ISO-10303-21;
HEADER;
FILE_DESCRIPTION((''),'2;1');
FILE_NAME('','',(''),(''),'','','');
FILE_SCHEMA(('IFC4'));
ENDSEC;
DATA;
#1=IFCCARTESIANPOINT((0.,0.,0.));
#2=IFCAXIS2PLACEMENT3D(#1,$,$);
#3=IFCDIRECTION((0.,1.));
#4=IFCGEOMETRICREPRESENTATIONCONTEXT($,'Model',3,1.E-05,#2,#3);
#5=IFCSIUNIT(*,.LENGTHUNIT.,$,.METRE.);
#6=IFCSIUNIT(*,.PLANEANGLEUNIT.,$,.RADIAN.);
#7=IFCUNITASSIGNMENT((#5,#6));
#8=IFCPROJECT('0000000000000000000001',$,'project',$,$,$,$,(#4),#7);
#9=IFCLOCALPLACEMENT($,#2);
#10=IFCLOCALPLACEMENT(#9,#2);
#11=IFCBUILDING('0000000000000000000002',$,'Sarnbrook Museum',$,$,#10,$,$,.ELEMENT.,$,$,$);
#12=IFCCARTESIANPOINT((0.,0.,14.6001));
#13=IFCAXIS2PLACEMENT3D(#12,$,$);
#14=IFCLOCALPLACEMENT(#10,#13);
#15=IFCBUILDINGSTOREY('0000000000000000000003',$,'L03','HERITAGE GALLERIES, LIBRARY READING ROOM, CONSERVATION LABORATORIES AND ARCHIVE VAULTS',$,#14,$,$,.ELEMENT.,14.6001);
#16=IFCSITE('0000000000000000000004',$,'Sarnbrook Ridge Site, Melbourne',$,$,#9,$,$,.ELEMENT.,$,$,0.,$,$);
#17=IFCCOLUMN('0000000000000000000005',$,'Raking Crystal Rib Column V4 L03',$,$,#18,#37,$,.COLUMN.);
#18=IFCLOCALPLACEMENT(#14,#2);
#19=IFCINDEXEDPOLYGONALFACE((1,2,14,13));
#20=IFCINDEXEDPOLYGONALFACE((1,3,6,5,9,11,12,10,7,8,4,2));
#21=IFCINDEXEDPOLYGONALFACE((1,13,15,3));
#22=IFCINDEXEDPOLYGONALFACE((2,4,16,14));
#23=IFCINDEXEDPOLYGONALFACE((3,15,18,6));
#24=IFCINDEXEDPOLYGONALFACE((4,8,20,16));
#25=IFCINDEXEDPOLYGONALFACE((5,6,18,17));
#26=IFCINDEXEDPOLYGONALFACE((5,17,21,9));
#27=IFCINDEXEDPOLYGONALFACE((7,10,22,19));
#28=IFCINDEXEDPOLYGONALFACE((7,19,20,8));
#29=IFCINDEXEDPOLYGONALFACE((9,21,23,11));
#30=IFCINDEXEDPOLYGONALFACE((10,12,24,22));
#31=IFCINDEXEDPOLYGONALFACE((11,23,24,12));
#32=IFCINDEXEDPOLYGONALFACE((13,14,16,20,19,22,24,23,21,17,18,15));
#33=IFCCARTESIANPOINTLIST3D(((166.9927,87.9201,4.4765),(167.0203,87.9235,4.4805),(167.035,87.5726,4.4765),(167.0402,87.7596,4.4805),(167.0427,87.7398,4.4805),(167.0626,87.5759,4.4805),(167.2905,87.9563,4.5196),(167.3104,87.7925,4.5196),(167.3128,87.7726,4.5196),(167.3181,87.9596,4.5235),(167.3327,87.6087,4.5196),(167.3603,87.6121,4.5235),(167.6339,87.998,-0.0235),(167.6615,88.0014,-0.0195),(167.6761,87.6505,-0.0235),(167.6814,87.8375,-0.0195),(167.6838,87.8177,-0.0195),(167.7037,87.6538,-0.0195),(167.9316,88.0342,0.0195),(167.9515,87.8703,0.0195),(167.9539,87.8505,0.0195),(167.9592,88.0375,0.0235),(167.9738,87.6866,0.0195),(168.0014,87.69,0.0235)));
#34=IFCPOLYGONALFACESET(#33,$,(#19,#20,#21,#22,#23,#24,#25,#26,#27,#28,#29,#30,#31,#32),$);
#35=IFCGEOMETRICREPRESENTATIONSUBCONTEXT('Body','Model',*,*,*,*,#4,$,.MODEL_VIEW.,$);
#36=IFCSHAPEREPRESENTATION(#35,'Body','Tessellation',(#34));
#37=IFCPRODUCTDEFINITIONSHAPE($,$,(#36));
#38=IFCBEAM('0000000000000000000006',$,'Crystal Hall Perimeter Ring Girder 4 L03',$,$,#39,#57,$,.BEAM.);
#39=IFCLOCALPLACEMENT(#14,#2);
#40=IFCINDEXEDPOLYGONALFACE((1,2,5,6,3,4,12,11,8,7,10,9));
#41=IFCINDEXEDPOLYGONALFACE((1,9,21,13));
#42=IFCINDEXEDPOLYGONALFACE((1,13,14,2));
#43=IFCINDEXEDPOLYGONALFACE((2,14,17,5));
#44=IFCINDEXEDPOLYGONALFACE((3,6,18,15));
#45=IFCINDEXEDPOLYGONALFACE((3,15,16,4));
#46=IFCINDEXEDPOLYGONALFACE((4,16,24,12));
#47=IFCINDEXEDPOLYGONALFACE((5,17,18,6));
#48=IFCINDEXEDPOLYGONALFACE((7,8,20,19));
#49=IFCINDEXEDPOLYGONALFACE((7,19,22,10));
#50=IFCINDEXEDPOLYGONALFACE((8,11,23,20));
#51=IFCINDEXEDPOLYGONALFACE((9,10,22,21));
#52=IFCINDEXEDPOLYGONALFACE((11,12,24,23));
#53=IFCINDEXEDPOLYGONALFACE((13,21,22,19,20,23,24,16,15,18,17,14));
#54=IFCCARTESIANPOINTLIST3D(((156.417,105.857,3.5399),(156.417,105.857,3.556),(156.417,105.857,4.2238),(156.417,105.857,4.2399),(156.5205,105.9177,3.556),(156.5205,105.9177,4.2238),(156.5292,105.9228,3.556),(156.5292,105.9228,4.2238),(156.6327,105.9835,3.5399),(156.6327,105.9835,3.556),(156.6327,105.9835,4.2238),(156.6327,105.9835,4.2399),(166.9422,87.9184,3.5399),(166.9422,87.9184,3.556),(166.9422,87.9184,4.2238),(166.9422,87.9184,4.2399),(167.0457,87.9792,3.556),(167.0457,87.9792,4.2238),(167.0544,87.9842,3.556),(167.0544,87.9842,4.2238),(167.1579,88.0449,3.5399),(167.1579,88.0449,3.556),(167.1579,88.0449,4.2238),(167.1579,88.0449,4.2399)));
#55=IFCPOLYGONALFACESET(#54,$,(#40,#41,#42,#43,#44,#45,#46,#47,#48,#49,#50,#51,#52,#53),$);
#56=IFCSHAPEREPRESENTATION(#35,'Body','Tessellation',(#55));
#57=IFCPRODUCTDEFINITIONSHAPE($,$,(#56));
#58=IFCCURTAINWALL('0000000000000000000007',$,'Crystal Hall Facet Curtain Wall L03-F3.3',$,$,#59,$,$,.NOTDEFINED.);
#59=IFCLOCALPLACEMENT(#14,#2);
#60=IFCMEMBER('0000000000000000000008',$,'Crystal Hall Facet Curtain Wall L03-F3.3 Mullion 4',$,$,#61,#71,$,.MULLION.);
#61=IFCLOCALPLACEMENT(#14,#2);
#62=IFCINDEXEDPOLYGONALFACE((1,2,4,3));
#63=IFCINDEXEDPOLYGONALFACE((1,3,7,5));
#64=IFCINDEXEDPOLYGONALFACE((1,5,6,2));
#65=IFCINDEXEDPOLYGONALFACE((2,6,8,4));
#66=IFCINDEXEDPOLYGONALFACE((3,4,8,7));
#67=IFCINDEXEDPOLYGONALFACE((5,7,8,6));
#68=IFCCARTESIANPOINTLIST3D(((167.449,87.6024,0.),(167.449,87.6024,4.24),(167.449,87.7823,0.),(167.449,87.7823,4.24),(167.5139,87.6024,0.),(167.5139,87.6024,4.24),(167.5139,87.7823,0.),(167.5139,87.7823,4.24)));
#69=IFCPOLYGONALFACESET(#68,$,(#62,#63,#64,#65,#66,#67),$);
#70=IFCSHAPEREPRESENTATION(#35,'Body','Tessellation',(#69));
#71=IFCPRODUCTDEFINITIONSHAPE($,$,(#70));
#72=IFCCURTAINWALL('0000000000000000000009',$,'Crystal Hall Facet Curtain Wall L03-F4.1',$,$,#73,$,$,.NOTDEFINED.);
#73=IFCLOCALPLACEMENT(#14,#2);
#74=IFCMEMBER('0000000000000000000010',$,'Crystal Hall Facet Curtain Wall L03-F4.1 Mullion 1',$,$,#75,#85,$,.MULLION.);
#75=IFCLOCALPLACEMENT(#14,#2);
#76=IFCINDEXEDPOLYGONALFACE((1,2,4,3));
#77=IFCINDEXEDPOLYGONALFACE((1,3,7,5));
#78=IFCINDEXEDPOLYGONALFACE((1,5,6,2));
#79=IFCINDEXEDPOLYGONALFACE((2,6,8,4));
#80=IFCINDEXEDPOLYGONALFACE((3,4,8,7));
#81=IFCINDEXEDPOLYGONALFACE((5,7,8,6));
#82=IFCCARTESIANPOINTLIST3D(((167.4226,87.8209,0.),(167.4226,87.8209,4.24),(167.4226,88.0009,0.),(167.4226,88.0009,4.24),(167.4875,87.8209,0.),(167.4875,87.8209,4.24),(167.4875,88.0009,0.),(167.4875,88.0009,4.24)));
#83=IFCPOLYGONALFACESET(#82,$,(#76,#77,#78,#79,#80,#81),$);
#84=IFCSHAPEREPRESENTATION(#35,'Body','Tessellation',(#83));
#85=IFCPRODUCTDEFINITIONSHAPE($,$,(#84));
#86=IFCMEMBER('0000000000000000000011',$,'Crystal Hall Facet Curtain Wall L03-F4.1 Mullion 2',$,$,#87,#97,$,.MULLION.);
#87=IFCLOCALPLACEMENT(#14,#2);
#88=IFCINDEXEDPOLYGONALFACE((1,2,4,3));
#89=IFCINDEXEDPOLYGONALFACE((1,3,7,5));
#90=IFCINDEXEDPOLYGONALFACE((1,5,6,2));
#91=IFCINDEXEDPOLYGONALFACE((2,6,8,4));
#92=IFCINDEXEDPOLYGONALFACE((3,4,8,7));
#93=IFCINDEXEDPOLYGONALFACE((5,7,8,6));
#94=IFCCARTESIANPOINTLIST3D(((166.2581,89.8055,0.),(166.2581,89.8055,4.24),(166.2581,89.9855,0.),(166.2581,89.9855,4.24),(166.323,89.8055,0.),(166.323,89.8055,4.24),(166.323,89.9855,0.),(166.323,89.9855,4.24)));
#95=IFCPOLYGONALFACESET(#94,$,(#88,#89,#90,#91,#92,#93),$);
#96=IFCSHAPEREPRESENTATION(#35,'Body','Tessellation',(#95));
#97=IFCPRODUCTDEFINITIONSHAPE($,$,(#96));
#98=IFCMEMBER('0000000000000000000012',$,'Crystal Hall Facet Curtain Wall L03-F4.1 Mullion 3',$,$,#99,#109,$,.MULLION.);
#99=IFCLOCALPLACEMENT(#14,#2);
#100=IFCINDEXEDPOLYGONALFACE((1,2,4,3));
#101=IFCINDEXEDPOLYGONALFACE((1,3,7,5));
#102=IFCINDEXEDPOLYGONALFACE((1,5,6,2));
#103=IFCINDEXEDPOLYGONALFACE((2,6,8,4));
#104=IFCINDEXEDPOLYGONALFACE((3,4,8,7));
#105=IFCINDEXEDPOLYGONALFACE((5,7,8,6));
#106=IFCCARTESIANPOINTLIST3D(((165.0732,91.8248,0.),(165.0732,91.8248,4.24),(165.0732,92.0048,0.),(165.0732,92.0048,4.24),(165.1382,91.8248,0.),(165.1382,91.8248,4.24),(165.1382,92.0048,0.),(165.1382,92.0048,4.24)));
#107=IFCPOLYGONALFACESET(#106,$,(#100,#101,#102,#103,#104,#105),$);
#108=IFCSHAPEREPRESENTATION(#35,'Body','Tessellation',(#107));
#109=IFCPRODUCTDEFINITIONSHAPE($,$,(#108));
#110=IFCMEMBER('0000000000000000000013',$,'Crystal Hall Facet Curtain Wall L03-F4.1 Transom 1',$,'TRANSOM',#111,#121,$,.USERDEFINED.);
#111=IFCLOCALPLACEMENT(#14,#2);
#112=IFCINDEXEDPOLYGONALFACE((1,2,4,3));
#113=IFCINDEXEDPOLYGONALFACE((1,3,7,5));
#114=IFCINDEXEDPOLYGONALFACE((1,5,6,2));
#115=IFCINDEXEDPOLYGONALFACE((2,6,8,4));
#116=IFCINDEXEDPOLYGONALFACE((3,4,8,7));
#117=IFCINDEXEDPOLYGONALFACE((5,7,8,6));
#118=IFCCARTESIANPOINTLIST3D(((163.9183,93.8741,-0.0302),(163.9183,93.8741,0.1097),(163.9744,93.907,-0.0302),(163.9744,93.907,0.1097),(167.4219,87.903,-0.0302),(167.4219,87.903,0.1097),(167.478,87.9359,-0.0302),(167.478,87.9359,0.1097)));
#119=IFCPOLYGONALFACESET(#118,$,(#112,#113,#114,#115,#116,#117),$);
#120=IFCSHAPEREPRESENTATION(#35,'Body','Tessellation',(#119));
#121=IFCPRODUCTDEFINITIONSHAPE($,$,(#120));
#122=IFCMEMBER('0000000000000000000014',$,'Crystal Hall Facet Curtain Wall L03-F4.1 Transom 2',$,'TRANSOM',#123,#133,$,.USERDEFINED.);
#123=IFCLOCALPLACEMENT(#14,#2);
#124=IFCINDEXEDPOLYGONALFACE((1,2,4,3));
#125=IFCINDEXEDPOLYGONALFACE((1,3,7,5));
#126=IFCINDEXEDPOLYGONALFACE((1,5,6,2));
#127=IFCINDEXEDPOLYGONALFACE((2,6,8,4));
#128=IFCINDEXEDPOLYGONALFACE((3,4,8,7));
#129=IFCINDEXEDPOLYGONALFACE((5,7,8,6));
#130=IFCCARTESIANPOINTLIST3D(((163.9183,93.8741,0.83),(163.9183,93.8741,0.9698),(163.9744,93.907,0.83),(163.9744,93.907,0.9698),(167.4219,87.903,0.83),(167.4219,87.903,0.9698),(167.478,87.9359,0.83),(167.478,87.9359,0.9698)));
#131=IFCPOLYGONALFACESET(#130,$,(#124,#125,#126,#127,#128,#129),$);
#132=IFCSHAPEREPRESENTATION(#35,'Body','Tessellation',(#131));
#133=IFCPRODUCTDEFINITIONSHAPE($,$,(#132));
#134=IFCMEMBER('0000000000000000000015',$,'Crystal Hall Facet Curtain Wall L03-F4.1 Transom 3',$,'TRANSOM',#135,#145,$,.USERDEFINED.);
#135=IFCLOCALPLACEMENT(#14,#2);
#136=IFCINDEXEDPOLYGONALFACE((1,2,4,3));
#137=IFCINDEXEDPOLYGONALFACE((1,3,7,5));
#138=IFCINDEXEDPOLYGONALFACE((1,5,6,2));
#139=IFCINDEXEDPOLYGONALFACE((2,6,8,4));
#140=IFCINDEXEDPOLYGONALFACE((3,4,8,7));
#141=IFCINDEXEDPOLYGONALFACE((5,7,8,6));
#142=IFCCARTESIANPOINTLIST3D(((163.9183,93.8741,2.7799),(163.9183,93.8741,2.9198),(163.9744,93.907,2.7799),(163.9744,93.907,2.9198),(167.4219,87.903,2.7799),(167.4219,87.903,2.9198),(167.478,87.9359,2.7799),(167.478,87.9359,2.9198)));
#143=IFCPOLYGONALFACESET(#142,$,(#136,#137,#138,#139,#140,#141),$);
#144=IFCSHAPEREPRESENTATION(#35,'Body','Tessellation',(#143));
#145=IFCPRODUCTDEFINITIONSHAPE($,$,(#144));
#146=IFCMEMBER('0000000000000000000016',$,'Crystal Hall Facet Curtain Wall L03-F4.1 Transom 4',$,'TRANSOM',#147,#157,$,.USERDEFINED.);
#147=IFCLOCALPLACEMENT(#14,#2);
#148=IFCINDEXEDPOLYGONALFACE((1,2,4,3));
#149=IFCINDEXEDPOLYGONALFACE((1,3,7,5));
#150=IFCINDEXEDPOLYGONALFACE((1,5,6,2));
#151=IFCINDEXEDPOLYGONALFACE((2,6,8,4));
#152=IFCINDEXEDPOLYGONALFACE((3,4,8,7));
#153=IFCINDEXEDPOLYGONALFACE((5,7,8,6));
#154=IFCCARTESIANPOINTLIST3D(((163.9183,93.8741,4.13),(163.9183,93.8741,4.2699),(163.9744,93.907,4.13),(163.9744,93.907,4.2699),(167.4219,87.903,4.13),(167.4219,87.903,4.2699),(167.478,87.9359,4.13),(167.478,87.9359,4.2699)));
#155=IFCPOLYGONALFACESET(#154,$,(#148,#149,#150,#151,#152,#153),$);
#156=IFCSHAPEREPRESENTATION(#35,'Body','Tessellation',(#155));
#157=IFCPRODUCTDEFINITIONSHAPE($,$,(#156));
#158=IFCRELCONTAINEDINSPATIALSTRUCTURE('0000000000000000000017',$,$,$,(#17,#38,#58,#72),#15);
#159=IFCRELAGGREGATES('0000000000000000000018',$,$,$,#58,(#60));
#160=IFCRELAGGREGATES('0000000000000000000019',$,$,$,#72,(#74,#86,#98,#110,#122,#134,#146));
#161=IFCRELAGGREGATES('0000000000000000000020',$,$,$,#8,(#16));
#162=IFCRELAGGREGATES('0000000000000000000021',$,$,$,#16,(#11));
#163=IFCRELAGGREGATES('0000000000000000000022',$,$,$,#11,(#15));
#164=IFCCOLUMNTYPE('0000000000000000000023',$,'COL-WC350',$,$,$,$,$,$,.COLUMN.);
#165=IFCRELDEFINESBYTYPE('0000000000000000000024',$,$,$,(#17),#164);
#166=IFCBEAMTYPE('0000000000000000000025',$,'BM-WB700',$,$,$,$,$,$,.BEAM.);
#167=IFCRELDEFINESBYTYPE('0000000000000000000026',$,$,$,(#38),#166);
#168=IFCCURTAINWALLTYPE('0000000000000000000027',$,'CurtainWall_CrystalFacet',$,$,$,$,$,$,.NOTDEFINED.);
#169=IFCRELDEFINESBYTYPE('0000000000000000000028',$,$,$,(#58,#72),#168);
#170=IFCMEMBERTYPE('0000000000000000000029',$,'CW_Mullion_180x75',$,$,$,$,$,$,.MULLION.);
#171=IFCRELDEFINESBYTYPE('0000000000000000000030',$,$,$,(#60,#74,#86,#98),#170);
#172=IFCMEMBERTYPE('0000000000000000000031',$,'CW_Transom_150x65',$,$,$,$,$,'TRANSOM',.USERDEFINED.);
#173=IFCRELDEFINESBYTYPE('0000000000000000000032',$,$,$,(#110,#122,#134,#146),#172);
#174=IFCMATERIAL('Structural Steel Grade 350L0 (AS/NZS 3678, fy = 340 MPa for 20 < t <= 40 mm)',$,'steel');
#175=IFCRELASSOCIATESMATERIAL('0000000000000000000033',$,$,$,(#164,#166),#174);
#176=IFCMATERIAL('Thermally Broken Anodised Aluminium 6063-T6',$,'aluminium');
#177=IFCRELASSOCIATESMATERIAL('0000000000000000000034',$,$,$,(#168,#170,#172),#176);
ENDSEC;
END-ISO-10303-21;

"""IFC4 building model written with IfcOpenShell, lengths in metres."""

from ifc_helpers import new_model, si_unit, direction, frame, origin, origin_2d, place, context, subcontext, project, spatial, rectangle, i_section, extrude, material, material_profile, profile_set, type_object, element, aggregate, save


model = new_model("IFC4")

# Units and contexts
model_context = context("Model", 3, precision=1e-05, world=origin(), true_north=direction((0.0, 1.0)))
body_context = subcontext(model_context, "Body", "Model", "MODEL_VIEW")
ifc_project = project(units=[si_unit("LENGTHUNIT", "METRE"), si_unit("PLANEANGLEUNIT", "RADIAN")], contexts=[model_context])

# Site, building, storey
site_placement = place(None, origin())
site = spatial("IfcSite", under=ifc_project, at=site_placement, Name="Sarnbrook Ridge Site, Melbourne", CompositionType="ELEMENT", RefElevation=0.0)
building_placement = place(site_placement, origin())
building = spatial("IfcBuilding", under=site, at=building_placement, Name="Sarnbrook Museum", CompositionType="ELEMENT")
storey_placement = place(building_placement, frame((0.0, 0.0, 14.6001)))
storey = spatial("IfcBuildingStorey", under=building, at=storey_placement, Name="L03", Description="HERITAGE GALLERIES, LIBRARY READING ROOM, CONSERVATION LABORATORIES AND ARCHIVE VAULTS", CompositionType="ELEMENT", Elevation=14.6001)

# Column
ifc_material_1 = material(Name="Structural Steel Grade 350L0 (AS/NZS 3678, fy = 340 MPa for 20 < t <= 40 mm)", Category="steel")
ifc_material_profile_1 = material_profile(ifc_material_1, i_section(OverallWidth=0.3501, OverallDepth=0.3311, WebThickness=0.02, FlangeThickness=0.0281, at=origin_2d()), Name="350WC197")
ifc_profile_set_1 = profile_set([ifc_material_profile_1], Name="Structural Steel Grade 350L0 (AS/NZS 3678, fy = 340 MPa for 20 < t <= 40 mm)")
column_type = type_object("IfcColumnType", Name="COL-WC350", PredefinedType="COLUMN", material=ifc_profile_set_1)
column_placement = place(storey_placement, frame((167.8176, 87.844, 0.0), z_axis=(-0.141025, -0.017131, 0.989858), x_axis=(0.120591, -0.992702, 0.0)))
element("IfcColumn", 1, at=column_placement, inside=storey, type_object=column_type, Name="Raking Crystal Rib Column V4 L03", PredefinedType="COLUMN", context=body_context, shape_type="SweptSolid", body=[
    extrude(i_section(OverallWidth=0.3501, OverallDepth=0.3311, WebThickness=0.02, FlangeThickness=0.0281, at=origin_2d()), origin(), (0.0, 0.0, 1.0), 4.5461),
])

# Beam
ifc_material_profile_2 = material_profile(ifc_material_1, i_section(OverallWidth=0.25, OverallDepth=0.7, WebThickness=0.01, FlangeThickness=0.0161, at=origin_2d()), Name="700WB130")
ifc_profile_set_2 = profile_set([ifc_material_profile_2], Name="Structural Steel Grade 350L0 (AS/NZS 3678, fy = 340 MPa for 20 < t <= 40 mm)")
beam_type_1 = type_object("IfcBeamType", Name="BM-WB700", PredefinedType="BEAM", material=ifc_profile_set_2)
beam_1_placement = place(storey_placement, frame((167.05, 87.9817, 3.8899), z_axis=(-0.506059, 0.862499, 0.0), x_axis=(-0.862499, -0.506059, 0.0)))
element("IfcBeam", 2, at=beam_1_placement, inside=storey, type_object=beam_type_1, Name="Crystal Hall Perimeter Ring Girder 4 L03", PredefinedType="BEAM", context=body_context, shape_type="SweptSolid", body=[
    extrude(i_section(OverallWidth=0.25, OverallDepth=0.7, WebThickness=0.01, FlangeThickness=0.0161, at=origin_2d()), origin(), (0.0, 0.0, 1.0), 20.7983),
])

# Curtain wall, member
ifc_material_2 = material(Name="Thermally Broken Anodised Aluminium 6063-T6", Category="aluminium")
curtain_wall_type = type_object("IfcCurtainWallType", Name="CurtainWall_CrystalFacet", PredefinedType="NOTDEFINED", material=ifc_material_2)
curtain_wall_1_placement = place(storey_placement, origin())
curtain_wall_1 = element("IfcCurtainWall", 3, at=curtain_wall_1_placement, inside=storey, type_object=curtain_wall_type, Name="Crystal Hall Facet Curtain Wall L03-F3.3", PredefinedType="NOTDEFINED")
ifc_material_profile_3 = material_profile(ifc_material_2, rectangle(XDim=0.0649, YDim=0.1799, at=origin_2d()), Name="ALU MULLION 65x180")
ifc_profile_set_3 = profile_set([ifc_material_profile_3], Name="Thermally Broken Anodised Aluminium 6063-T6")
member_type_1 = type_object("IfcMemberType", Name="CW_Mullion_180x75", PredefinedType="MULLION", material=ifc_profile_set_3)
member_1_placement = place(storey_placement, frame((167.4814, 87.6924, 0.0), z_axis=(0.0, 0.0, 1.0), x_axis=(1.0, 0.0, 0.0)))
member_1 = element("IfcMember", 4, at=member_1_placement, type_object=member_type_1, Name="Crystal Hall Facet Curtain Wall L03-F3.3 Mullion 4", PredefinedType="MULLION", context=body_context, shape_type="SweptSolid", body=[
    extrude(rectangle(XDim=0.0649, YDim=0.1799, at=origin_2d()), origin(), (0.0, 0.0, 1.0), 4.24),
])

# Curtain wall, members
curtain_wall_2_placement = place(storey_placement, origin())
curtain_wall_2 = element("IfcCurtainWall", 5, at=curtain_wall_2_placement, inside=storey, type_object=curtain_wall_type, Name="Crystal Hall Facet Curtain Wall L03-F4.1", PredefinedType="NOTDEFINED")
member_2_placement = place(storey_placement, frame((167.4551, 87.9109, 0.0), z_axis=(0.0, 0.0, 1.0), x_axis=(1.0, 0.0, 0.0)))
member_2 = element("IfcMember", 6, at=member_2_placement, type_object=member_type_1, Name="Crystal Hall Facet Curtain Wall L03-F4.1 Mullion 1", PredefinedType="MULLION", context=body_context, shape_type="SweptSolid", body=[
    extrude(rectangle(XDim=0.0649, YDim=0.1799, at=origin_2d()), origin(), (0.0, 0.0, 1.0), 4.24),
])
member_3_placement = place(storey_placement, frame((166.2905, 89.8955, 0.0), z_axis=(0.0, 0.0, 1.0), x_axis=(1.0, 0.0, 0.0)))
member_3 = element("IfcMember", 7, at=member_3_placement, type_object=member_type_1, Name="Crystal Hall Facet Curtain Wall L03-F4.1 Mullion 2", PredefinedType="MULLION", context=body_context, shape_type="SweptSolid", body=[
    extrude(rectangle(XDim=0.0649, YDim=0.1799, at=origin_2d()), origin(), (0.0, 0.0, 1.0), 4.24),
])
member_4_placement = place(storey_placement, frame((165.1057, 91.9148, 0.0), z_axis=(0.0, 0.0, 1.0), x_axis=(1.0, 0.0, 0.0)))
member_4 = element("IfcMember", 8, at=member_4_placement, type_object=member_type_1, Name="Crystal Hall Facet Curtain Wall L03-F4.1 Mullion 3", PredefinedType="MULLION", context=body_context, shape_type="SweptSolid", body=[
    extrude(rectangle(XDim=0.0649, YDim=0.1799, at=origin_2d()), origin(), (0.0, 0.0, 1.0), 4.24),
])
ifc_material_profile_4 = material_profile(ifc_material_2, rectangle(XDim=0.0649, YDim=0.1399, at=origin_2d()), Name="ALU TRANSOM 65x140")
ifc_profile_set_4 = profile_set([ifc_material_profile_4], Name="Thermally Broken Anodised Aluminium 6063-T6")
member_type_2 = type_object("IfcMemberType", Name="CW_Transom_150x65", ElementType="TRANSOM", PredefinedType="USERDEFINED", material=ifc_profile_set_4)
member_5_placement = place(storey_placement, frame((167.45, 87.9194, 0.0398), z_axis=(-0.506075, 0.862489, 0.0), x_axis=(-0.862489, -0.506075, 0.0)))
member_5 = element("IfcMember", 9, at=member_5_placement, type_object=member_type_2, Name="Crystal Hall Facet Curtain Wall L03-F4.1 Transom 1", ObjectType="TRANSOM", PredefinedType="USERDEFINED", context=body_context, shape_type="SweptSolid", body=[
    extrude(rectangle(XDim=0.0649, YDim=0.1399, at=origin_2d()), origin(), (0.0, 0.0, 1.0), 6.9231),
])
member_6_placement = place(storey_placement, frame((167.45, 87.9194, 0.8999), z_axis=(-0.506075, 0.862489, 0.0), x_axis=(-0.862489, -0.506075, 0.0)))
member_6 = element("IfcMember", 10, at=member_6_placement, type_object=member_type_2, Name="Crystal Hall Facet Curtain Wall L03-F4.1 Transom 2", ObjectType="TRANSOM", PredefinedType="USERDEFINED", context=body_context, shape_type="SweptSolid", body=[
    extrude(rectangle(XDim=0.0649, YDim=0.1399, at=origin_2d()), origin(), (0.0, 0.0, 1.0), 6.9231),
])
member_7_placement = place(storey_placement, frame((167.45, 87.9194, 2.8499), z_axis=(-0.506075, 0.862489, 0.0), x_axis=(-0.862489, -0.506075, 0.0)))
member_7 = element("IfcMember", 11, at=member_7_placement, type_object=member_type_2, Name="Crystal Hall Facet Curtain Wall L03-F4.1 Transom 3", ObjectType="TRANSOM", PredefinedType="USERDEFINED", context=body_context, shape_type="SweptSolid", body=[
    extrude(rectangle(XDim=0.0649, YDim=0.1399, at=origin_2d()), origin(), (0.0, 0.0, 1.0), 6.9231),
])
member_8_placement = place(storey_placement, frame((167.45, 87.9194, 4.2), z_axis=(-0.506075, 0.862489, 0.0), x_axis=(-0.862489, -0.506075, 0.0)))
member_8 = element("IfcMember", 12, at=member_8_placement, type_object=member_type_2, Name="Crystal Hall Facet Curtain Wall L03-F4.1 Transom 4", ObjectType="TRANSOM", PredefinedType="USERDEFINED", context=body_context, shape_type="SweptSolid", body=[
    extrude(rectangle(XDim=0.0649, YDim=0.1399, at=origin_2d()), origin(), (0.0, 0.0, 1.0), 6.9231),
])

aggregate(curtain_wall_1, [member_1])
aggregate(curtain_wall_2, [member_2, member_3, member_4, member_5, member_6, member_7, member_8])

save(model, "model.ifc")
